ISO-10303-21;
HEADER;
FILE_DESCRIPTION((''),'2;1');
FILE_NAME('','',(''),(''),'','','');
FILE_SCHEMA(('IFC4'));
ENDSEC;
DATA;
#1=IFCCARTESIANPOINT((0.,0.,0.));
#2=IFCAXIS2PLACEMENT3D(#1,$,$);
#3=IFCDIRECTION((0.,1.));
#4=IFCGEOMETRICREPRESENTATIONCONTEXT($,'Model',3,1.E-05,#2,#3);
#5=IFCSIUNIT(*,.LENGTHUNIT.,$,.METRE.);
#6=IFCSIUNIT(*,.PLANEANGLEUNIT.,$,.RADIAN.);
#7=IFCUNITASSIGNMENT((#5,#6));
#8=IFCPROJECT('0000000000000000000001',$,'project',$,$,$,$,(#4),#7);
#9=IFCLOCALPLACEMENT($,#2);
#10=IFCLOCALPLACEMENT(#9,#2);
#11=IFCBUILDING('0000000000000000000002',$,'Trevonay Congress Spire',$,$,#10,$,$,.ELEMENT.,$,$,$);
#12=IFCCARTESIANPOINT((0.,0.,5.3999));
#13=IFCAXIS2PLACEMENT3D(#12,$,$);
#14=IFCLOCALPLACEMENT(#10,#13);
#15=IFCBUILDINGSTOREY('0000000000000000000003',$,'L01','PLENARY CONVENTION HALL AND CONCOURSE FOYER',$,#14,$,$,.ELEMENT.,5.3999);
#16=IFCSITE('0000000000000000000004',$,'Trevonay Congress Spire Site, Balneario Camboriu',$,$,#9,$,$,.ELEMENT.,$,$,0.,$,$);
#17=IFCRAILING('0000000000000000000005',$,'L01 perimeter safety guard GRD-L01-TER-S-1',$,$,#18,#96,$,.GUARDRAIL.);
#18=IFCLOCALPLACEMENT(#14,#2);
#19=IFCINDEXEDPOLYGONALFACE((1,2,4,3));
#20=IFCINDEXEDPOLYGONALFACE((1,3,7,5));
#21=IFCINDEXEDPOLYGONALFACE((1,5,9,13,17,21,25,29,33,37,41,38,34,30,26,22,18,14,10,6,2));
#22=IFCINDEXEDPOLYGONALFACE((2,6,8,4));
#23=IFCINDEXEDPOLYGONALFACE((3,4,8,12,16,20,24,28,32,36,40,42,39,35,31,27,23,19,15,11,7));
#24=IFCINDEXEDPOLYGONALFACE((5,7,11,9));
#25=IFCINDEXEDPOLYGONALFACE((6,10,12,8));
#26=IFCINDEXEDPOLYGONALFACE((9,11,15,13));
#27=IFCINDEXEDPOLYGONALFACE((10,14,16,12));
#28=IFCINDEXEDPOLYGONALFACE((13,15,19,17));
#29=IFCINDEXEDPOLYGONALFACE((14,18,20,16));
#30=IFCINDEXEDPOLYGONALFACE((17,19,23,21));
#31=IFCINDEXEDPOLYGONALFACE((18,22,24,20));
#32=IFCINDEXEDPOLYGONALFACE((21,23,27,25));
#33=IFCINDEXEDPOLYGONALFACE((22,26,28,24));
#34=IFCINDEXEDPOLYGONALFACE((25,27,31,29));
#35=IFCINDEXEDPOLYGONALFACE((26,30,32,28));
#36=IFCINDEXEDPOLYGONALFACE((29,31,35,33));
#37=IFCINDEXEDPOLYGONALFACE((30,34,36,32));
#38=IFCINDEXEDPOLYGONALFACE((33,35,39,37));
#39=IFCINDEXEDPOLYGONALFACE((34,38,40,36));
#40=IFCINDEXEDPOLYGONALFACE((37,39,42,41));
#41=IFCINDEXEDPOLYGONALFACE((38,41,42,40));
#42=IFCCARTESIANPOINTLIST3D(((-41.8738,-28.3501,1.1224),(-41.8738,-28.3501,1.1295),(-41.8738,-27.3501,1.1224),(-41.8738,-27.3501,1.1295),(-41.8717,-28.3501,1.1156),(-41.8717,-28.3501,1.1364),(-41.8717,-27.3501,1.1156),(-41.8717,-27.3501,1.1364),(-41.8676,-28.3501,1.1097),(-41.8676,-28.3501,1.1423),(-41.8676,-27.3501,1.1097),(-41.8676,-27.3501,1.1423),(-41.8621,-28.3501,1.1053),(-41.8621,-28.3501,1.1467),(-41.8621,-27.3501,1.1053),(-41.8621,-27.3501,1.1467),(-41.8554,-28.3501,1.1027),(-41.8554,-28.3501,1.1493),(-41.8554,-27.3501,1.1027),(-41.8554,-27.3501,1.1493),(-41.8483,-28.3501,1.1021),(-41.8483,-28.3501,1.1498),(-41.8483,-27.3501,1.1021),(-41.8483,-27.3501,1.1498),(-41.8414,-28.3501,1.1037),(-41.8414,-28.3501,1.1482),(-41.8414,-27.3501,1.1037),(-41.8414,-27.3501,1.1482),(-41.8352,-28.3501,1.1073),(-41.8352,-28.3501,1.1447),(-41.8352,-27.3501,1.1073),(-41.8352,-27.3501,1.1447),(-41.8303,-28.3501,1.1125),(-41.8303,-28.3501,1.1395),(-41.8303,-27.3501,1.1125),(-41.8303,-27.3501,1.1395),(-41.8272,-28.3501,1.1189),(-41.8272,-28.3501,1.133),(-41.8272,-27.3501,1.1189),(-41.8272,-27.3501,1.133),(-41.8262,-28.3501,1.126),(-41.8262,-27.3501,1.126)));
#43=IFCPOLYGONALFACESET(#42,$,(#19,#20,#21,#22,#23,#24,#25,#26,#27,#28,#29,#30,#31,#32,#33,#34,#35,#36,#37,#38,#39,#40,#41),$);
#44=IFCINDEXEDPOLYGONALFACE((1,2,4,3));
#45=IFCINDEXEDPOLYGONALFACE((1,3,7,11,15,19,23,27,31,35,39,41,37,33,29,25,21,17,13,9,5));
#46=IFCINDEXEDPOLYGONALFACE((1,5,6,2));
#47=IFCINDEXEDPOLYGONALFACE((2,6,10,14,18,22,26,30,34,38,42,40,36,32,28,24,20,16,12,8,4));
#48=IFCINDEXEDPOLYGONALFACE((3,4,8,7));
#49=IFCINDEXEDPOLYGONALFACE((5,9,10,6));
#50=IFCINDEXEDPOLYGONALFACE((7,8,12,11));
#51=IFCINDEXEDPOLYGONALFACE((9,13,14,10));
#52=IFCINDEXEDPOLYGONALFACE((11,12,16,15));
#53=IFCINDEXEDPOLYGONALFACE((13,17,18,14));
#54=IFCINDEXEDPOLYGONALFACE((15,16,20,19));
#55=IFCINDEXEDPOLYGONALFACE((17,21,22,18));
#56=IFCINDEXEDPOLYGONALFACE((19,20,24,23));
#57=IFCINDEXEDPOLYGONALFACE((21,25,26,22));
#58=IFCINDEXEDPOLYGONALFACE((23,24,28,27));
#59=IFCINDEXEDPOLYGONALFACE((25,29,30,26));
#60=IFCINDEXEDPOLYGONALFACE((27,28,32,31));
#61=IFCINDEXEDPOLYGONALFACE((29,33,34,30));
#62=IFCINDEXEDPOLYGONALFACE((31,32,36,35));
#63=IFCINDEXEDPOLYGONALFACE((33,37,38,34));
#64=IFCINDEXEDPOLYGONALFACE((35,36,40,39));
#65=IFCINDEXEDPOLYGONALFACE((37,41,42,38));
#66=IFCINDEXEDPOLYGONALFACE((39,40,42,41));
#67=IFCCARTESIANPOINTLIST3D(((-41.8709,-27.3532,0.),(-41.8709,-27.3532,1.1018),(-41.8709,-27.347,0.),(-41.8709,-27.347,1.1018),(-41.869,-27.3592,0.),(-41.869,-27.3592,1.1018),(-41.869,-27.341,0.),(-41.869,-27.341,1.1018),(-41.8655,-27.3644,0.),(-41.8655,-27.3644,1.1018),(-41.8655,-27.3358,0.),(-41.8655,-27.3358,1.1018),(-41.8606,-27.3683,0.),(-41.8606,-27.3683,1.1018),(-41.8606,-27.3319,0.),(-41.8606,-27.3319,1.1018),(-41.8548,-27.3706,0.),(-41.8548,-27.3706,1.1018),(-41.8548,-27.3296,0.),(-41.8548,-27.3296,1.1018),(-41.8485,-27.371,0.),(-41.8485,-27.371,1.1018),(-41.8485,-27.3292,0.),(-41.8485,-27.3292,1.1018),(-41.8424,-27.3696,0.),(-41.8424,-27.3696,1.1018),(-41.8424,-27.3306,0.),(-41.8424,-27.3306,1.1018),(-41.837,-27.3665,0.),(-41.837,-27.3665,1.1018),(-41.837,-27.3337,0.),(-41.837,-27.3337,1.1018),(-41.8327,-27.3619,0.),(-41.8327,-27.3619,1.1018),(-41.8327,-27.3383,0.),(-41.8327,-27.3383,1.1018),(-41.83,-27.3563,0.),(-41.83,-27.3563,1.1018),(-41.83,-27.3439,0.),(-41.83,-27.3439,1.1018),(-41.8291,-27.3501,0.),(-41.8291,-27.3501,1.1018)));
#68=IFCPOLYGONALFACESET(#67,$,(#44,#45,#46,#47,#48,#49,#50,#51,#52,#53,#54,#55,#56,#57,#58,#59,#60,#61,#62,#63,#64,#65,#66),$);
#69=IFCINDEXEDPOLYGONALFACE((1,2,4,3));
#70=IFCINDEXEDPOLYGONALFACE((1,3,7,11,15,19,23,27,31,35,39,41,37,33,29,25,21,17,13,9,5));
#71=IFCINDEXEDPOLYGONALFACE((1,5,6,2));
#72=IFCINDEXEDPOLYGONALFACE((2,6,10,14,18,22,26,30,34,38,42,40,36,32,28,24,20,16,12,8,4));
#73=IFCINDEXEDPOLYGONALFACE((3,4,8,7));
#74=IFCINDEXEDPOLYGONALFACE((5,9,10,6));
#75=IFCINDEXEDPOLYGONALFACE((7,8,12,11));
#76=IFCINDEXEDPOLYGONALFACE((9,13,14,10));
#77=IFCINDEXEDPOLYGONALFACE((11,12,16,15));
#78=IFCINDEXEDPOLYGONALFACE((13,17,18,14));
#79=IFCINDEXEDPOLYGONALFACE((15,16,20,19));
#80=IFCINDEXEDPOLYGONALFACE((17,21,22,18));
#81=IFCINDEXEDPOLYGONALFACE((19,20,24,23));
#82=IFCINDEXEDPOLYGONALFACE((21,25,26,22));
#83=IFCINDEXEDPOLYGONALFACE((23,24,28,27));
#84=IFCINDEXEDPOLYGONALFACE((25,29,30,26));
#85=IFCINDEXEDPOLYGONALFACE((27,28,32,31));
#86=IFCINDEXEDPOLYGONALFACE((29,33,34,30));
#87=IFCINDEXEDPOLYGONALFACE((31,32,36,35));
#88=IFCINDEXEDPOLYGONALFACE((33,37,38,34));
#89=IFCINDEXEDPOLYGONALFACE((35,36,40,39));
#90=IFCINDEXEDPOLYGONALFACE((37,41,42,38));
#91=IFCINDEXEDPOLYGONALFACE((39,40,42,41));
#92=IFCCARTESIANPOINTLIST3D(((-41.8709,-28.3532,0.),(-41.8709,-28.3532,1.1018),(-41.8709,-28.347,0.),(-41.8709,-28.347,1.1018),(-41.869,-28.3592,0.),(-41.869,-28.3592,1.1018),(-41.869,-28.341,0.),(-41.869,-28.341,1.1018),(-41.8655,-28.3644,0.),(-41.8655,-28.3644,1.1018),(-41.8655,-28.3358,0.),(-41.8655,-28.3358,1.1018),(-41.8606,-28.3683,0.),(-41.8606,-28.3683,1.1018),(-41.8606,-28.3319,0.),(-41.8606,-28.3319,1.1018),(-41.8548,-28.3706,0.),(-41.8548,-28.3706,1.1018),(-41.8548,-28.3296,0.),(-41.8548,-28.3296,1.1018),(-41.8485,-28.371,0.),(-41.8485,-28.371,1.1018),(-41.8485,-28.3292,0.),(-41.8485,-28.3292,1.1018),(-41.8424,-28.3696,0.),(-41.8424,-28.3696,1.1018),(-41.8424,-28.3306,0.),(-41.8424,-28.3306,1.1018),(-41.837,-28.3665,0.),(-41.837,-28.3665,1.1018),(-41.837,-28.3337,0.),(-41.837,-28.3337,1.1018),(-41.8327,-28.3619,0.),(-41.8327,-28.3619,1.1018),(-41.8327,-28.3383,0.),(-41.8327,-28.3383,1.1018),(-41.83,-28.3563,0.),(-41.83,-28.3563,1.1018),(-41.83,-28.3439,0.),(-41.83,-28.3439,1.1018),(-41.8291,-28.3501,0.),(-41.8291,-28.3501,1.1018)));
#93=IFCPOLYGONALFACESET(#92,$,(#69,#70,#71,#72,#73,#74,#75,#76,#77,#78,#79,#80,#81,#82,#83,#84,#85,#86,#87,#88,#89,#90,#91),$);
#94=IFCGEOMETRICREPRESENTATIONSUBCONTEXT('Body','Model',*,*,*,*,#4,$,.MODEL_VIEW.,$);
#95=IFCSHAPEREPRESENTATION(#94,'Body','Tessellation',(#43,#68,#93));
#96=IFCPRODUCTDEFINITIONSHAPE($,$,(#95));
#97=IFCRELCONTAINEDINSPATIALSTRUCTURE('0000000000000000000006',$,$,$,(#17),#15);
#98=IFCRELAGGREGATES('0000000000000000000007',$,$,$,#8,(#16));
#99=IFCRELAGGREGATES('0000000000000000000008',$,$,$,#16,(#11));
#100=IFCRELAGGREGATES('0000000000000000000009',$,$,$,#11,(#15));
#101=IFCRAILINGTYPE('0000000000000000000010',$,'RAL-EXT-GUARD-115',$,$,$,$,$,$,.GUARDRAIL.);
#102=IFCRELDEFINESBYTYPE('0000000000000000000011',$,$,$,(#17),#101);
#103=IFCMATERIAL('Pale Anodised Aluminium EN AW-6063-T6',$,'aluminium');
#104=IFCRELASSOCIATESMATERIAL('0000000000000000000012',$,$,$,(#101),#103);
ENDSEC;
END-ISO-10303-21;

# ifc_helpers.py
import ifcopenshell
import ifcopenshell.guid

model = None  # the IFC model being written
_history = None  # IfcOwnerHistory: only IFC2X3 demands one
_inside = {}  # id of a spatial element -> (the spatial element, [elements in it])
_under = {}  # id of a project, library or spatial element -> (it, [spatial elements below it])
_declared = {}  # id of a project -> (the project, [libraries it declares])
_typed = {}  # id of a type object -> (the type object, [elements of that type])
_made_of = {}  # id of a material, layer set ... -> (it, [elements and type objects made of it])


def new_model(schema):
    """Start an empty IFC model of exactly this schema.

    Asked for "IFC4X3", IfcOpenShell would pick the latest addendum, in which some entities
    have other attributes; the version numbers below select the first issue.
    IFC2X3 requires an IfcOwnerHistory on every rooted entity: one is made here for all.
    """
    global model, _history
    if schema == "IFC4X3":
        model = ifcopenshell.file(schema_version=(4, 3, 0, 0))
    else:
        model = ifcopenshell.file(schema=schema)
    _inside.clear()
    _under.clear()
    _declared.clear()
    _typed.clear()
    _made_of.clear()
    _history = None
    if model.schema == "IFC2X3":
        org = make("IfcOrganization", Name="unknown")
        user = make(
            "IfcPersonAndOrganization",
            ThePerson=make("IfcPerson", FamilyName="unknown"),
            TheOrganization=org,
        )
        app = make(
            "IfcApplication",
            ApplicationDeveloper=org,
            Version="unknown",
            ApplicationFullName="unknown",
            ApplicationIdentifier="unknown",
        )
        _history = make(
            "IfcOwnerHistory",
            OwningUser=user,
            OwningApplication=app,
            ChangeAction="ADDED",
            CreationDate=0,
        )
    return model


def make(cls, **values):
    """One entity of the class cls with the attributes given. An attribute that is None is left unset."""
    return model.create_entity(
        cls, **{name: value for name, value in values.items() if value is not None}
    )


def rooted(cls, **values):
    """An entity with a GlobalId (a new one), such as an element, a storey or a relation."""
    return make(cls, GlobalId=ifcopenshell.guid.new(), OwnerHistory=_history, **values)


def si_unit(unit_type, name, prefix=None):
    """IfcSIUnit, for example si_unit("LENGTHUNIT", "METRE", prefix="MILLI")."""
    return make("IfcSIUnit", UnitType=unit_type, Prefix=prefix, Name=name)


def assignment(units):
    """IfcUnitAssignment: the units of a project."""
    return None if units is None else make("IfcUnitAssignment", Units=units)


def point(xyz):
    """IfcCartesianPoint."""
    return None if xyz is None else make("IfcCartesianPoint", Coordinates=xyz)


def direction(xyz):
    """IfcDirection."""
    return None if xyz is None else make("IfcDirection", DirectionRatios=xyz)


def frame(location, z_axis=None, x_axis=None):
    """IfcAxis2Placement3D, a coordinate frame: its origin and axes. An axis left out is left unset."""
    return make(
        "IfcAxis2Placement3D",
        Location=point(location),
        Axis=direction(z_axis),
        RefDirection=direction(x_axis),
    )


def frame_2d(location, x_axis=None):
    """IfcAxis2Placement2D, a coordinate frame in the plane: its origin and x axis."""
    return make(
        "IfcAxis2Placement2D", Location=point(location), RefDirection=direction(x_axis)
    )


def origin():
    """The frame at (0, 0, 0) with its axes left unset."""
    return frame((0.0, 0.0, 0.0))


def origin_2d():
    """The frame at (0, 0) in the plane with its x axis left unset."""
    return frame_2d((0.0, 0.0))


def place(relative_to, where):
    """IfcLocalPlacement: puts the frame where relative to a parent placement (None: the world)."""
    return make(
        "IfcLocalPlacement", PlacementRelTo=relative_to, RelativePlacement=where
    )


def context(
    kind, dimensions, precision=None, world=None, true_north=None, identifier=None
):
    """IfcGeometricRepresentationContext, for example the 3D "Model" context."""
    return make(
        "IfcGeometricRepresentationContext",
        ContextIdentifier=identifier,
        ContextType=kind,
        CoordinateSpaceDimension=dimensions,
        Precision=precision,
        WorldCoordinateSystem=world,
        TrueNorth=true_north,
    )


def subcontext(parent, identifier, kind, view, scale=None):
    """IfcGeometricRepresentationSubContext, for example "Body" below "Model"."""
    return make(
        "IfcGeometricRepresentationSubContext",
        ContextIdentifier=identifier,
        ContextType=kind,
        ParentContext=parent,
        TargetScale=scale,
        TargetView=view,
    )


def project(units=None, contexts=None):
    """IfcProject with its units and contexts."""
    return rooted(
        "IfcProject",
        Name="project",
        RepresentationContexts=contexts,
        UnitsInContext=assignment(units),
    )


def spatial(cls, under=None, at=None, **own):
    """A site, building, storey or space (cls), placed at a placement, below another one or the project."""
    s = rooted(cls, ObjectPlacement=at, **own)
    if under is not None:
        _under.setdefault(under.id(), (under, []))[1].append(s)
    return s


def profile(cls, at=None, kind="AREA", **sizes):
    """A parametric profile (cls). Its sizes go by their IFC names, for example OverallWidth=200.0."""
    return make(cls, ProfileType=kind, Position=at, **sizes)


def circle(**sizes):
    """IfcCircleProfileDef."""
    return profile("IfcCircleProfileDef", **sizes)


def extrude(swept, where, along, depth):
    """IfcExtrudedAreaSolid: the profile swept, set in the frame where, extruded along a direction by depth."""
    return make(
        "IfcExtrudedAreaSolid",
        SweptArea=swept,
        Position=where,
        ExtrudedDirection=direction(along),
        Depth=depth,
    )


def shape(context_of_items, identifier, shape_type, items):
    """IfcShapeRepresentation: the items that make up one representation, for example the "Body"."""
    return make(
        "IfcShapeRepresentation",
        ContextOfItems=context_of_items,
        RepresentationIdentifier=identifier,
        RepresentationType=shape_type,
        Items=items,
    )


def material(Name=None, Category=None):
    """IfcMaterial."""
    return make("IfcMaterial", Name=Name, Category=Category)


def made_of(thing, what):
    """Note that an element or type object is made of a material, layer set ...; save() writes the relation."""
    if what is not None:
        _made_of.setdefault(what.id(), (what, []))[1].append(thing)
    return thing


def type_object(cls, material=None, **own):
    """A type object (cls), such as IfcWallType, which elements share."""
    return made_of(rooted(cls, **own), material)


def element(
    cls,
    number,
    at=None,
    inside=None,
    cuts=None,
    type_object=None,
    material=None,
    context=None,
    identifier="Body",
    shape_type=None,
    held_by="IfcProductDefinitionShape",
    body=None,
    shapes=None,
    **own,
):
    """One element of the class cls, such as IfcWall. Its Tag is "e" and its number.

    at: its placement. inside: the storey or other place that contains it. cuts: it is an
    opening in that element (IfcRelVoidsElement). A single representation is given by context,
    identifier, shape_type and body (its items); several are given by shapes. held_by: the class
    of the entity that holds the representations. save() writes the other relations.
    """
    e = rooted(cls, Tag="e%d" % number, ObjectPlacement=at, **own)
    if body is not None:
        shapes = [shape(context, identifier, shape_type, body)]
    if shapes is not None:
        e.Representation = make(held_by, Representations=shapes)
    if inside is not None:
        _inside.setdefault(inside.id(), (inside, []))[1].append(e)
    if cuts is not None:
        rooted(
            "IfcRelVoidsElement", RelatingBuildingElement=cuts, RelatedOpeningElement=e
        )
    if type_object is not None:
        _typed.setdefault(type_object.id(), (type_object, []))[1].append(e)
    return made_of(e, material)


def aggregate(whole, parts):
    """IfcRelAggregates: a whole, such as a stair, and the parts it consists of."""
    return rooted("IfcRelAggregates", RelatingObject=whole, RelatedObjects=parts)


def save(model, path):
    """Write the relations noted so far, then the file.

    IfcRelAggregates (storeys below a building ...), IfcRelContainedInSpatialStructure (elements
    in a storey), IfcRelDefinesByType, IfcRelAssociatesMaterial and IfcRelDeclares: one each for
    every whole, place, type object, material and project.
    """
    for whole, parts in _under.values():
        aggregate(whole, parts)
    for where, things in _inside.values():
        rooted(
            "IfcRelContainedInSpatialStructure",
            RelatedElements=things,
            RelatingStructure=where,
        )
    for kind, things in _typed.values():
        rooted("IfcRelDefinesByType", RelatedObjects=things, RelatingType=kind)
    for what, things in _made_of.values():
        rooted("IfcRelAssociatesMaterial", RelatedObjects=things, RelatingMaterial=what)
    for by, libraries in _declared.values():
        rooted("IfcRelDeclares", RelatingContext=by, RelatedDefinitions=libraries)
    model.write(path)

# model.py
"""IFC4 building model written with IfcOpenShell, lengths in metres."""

from ifc_helpers import new_model, si_unit, direction, frame, origin, origin_2d, place, context, subcontext, project, spatial, circle, extrude, material, type_object, element, save


model = new_model("IFC4")

# Units and contexts
model_context = context("Model", 3, precision=1e-05, world=origin(), true_north=direction((0.0, 1.0)))
body_context = subcontext(model_context, "Body", "Model", "MODEL_VIEW")
ifc_project = project(units=[si_unit("LENGTHUNIT", "METRE"), si_unit("PLANEANGLEUNIT", "RADIAN")], contexts=[model_context])

# Site, building, storey
site_placement = place(None, origin())
site = spatial("IfcSite", under=ifc_project, at=site_placement, Name="Trevonay Congress Spire Site, Balneario Camboriu", CompositionType="ELEMENT", RefElevation=0.0)
building_placement = place(site_placement, origin())
building = spatial("IfcBuilding", under=site, at=building_placement, Name="Trevonay Congress Spire", CompositionType="ELEMENT")
storey_placement = place(building_placement, frame((0.0, 0.0, 5.3999)))
storey = spatial("IfcBuildingStorey", under=building, at=storey_placement, Name="L01", Description="PLENARY CONVENTION HALL AND CONCOURSE FOYER", CompositionType="ELEMENT", Elevation=5.3999)

# Shared definitions
ifc_material_1 = material(Name="Pale Anodised Aluminium EN AW-6063-T6", Category="aluminium")

# Railing
railing_type_1 = type_object("IfcRailingType", Name="RAL-EXT-GUARD-115", PredefinedType="GUARDRAIL", material=ifc_material_1)
railing_1_placement = place(storey_placement, frame((-41.8501, -27.3501, 0.0)))
element("IfcRailing", 1, at=railing_1_placement, inside=storey, type_object=railing_type_1, Name="L01 perimeter safety guard GRD-L01-TER-S-1", PredefinedType="GUARDRAIL", context=body_context, shape_type="SweptSolid", body=[
    extrude(circle(Radius=0.0239, at=origin_2d()), frame((0.0, 0.0, 1.126), z_axis=(0.0, -1.0, 0.0), x_axis=(1.0, 0.0, 0.0)), (0.0, 0.0, 1.0), 1.0),
    extrude(circle(Radius=0.021, at=origin_2d()), origin(), (0.0, 0.0, 1.0), 1.1018),
    extrude(circle(Radius=0.021, at=origin_2d()), frame((0.0, -1.0, 0.0)), (0.0, 0.0, 1.0), 1.1018),
])

save(model, "model.ifc")
